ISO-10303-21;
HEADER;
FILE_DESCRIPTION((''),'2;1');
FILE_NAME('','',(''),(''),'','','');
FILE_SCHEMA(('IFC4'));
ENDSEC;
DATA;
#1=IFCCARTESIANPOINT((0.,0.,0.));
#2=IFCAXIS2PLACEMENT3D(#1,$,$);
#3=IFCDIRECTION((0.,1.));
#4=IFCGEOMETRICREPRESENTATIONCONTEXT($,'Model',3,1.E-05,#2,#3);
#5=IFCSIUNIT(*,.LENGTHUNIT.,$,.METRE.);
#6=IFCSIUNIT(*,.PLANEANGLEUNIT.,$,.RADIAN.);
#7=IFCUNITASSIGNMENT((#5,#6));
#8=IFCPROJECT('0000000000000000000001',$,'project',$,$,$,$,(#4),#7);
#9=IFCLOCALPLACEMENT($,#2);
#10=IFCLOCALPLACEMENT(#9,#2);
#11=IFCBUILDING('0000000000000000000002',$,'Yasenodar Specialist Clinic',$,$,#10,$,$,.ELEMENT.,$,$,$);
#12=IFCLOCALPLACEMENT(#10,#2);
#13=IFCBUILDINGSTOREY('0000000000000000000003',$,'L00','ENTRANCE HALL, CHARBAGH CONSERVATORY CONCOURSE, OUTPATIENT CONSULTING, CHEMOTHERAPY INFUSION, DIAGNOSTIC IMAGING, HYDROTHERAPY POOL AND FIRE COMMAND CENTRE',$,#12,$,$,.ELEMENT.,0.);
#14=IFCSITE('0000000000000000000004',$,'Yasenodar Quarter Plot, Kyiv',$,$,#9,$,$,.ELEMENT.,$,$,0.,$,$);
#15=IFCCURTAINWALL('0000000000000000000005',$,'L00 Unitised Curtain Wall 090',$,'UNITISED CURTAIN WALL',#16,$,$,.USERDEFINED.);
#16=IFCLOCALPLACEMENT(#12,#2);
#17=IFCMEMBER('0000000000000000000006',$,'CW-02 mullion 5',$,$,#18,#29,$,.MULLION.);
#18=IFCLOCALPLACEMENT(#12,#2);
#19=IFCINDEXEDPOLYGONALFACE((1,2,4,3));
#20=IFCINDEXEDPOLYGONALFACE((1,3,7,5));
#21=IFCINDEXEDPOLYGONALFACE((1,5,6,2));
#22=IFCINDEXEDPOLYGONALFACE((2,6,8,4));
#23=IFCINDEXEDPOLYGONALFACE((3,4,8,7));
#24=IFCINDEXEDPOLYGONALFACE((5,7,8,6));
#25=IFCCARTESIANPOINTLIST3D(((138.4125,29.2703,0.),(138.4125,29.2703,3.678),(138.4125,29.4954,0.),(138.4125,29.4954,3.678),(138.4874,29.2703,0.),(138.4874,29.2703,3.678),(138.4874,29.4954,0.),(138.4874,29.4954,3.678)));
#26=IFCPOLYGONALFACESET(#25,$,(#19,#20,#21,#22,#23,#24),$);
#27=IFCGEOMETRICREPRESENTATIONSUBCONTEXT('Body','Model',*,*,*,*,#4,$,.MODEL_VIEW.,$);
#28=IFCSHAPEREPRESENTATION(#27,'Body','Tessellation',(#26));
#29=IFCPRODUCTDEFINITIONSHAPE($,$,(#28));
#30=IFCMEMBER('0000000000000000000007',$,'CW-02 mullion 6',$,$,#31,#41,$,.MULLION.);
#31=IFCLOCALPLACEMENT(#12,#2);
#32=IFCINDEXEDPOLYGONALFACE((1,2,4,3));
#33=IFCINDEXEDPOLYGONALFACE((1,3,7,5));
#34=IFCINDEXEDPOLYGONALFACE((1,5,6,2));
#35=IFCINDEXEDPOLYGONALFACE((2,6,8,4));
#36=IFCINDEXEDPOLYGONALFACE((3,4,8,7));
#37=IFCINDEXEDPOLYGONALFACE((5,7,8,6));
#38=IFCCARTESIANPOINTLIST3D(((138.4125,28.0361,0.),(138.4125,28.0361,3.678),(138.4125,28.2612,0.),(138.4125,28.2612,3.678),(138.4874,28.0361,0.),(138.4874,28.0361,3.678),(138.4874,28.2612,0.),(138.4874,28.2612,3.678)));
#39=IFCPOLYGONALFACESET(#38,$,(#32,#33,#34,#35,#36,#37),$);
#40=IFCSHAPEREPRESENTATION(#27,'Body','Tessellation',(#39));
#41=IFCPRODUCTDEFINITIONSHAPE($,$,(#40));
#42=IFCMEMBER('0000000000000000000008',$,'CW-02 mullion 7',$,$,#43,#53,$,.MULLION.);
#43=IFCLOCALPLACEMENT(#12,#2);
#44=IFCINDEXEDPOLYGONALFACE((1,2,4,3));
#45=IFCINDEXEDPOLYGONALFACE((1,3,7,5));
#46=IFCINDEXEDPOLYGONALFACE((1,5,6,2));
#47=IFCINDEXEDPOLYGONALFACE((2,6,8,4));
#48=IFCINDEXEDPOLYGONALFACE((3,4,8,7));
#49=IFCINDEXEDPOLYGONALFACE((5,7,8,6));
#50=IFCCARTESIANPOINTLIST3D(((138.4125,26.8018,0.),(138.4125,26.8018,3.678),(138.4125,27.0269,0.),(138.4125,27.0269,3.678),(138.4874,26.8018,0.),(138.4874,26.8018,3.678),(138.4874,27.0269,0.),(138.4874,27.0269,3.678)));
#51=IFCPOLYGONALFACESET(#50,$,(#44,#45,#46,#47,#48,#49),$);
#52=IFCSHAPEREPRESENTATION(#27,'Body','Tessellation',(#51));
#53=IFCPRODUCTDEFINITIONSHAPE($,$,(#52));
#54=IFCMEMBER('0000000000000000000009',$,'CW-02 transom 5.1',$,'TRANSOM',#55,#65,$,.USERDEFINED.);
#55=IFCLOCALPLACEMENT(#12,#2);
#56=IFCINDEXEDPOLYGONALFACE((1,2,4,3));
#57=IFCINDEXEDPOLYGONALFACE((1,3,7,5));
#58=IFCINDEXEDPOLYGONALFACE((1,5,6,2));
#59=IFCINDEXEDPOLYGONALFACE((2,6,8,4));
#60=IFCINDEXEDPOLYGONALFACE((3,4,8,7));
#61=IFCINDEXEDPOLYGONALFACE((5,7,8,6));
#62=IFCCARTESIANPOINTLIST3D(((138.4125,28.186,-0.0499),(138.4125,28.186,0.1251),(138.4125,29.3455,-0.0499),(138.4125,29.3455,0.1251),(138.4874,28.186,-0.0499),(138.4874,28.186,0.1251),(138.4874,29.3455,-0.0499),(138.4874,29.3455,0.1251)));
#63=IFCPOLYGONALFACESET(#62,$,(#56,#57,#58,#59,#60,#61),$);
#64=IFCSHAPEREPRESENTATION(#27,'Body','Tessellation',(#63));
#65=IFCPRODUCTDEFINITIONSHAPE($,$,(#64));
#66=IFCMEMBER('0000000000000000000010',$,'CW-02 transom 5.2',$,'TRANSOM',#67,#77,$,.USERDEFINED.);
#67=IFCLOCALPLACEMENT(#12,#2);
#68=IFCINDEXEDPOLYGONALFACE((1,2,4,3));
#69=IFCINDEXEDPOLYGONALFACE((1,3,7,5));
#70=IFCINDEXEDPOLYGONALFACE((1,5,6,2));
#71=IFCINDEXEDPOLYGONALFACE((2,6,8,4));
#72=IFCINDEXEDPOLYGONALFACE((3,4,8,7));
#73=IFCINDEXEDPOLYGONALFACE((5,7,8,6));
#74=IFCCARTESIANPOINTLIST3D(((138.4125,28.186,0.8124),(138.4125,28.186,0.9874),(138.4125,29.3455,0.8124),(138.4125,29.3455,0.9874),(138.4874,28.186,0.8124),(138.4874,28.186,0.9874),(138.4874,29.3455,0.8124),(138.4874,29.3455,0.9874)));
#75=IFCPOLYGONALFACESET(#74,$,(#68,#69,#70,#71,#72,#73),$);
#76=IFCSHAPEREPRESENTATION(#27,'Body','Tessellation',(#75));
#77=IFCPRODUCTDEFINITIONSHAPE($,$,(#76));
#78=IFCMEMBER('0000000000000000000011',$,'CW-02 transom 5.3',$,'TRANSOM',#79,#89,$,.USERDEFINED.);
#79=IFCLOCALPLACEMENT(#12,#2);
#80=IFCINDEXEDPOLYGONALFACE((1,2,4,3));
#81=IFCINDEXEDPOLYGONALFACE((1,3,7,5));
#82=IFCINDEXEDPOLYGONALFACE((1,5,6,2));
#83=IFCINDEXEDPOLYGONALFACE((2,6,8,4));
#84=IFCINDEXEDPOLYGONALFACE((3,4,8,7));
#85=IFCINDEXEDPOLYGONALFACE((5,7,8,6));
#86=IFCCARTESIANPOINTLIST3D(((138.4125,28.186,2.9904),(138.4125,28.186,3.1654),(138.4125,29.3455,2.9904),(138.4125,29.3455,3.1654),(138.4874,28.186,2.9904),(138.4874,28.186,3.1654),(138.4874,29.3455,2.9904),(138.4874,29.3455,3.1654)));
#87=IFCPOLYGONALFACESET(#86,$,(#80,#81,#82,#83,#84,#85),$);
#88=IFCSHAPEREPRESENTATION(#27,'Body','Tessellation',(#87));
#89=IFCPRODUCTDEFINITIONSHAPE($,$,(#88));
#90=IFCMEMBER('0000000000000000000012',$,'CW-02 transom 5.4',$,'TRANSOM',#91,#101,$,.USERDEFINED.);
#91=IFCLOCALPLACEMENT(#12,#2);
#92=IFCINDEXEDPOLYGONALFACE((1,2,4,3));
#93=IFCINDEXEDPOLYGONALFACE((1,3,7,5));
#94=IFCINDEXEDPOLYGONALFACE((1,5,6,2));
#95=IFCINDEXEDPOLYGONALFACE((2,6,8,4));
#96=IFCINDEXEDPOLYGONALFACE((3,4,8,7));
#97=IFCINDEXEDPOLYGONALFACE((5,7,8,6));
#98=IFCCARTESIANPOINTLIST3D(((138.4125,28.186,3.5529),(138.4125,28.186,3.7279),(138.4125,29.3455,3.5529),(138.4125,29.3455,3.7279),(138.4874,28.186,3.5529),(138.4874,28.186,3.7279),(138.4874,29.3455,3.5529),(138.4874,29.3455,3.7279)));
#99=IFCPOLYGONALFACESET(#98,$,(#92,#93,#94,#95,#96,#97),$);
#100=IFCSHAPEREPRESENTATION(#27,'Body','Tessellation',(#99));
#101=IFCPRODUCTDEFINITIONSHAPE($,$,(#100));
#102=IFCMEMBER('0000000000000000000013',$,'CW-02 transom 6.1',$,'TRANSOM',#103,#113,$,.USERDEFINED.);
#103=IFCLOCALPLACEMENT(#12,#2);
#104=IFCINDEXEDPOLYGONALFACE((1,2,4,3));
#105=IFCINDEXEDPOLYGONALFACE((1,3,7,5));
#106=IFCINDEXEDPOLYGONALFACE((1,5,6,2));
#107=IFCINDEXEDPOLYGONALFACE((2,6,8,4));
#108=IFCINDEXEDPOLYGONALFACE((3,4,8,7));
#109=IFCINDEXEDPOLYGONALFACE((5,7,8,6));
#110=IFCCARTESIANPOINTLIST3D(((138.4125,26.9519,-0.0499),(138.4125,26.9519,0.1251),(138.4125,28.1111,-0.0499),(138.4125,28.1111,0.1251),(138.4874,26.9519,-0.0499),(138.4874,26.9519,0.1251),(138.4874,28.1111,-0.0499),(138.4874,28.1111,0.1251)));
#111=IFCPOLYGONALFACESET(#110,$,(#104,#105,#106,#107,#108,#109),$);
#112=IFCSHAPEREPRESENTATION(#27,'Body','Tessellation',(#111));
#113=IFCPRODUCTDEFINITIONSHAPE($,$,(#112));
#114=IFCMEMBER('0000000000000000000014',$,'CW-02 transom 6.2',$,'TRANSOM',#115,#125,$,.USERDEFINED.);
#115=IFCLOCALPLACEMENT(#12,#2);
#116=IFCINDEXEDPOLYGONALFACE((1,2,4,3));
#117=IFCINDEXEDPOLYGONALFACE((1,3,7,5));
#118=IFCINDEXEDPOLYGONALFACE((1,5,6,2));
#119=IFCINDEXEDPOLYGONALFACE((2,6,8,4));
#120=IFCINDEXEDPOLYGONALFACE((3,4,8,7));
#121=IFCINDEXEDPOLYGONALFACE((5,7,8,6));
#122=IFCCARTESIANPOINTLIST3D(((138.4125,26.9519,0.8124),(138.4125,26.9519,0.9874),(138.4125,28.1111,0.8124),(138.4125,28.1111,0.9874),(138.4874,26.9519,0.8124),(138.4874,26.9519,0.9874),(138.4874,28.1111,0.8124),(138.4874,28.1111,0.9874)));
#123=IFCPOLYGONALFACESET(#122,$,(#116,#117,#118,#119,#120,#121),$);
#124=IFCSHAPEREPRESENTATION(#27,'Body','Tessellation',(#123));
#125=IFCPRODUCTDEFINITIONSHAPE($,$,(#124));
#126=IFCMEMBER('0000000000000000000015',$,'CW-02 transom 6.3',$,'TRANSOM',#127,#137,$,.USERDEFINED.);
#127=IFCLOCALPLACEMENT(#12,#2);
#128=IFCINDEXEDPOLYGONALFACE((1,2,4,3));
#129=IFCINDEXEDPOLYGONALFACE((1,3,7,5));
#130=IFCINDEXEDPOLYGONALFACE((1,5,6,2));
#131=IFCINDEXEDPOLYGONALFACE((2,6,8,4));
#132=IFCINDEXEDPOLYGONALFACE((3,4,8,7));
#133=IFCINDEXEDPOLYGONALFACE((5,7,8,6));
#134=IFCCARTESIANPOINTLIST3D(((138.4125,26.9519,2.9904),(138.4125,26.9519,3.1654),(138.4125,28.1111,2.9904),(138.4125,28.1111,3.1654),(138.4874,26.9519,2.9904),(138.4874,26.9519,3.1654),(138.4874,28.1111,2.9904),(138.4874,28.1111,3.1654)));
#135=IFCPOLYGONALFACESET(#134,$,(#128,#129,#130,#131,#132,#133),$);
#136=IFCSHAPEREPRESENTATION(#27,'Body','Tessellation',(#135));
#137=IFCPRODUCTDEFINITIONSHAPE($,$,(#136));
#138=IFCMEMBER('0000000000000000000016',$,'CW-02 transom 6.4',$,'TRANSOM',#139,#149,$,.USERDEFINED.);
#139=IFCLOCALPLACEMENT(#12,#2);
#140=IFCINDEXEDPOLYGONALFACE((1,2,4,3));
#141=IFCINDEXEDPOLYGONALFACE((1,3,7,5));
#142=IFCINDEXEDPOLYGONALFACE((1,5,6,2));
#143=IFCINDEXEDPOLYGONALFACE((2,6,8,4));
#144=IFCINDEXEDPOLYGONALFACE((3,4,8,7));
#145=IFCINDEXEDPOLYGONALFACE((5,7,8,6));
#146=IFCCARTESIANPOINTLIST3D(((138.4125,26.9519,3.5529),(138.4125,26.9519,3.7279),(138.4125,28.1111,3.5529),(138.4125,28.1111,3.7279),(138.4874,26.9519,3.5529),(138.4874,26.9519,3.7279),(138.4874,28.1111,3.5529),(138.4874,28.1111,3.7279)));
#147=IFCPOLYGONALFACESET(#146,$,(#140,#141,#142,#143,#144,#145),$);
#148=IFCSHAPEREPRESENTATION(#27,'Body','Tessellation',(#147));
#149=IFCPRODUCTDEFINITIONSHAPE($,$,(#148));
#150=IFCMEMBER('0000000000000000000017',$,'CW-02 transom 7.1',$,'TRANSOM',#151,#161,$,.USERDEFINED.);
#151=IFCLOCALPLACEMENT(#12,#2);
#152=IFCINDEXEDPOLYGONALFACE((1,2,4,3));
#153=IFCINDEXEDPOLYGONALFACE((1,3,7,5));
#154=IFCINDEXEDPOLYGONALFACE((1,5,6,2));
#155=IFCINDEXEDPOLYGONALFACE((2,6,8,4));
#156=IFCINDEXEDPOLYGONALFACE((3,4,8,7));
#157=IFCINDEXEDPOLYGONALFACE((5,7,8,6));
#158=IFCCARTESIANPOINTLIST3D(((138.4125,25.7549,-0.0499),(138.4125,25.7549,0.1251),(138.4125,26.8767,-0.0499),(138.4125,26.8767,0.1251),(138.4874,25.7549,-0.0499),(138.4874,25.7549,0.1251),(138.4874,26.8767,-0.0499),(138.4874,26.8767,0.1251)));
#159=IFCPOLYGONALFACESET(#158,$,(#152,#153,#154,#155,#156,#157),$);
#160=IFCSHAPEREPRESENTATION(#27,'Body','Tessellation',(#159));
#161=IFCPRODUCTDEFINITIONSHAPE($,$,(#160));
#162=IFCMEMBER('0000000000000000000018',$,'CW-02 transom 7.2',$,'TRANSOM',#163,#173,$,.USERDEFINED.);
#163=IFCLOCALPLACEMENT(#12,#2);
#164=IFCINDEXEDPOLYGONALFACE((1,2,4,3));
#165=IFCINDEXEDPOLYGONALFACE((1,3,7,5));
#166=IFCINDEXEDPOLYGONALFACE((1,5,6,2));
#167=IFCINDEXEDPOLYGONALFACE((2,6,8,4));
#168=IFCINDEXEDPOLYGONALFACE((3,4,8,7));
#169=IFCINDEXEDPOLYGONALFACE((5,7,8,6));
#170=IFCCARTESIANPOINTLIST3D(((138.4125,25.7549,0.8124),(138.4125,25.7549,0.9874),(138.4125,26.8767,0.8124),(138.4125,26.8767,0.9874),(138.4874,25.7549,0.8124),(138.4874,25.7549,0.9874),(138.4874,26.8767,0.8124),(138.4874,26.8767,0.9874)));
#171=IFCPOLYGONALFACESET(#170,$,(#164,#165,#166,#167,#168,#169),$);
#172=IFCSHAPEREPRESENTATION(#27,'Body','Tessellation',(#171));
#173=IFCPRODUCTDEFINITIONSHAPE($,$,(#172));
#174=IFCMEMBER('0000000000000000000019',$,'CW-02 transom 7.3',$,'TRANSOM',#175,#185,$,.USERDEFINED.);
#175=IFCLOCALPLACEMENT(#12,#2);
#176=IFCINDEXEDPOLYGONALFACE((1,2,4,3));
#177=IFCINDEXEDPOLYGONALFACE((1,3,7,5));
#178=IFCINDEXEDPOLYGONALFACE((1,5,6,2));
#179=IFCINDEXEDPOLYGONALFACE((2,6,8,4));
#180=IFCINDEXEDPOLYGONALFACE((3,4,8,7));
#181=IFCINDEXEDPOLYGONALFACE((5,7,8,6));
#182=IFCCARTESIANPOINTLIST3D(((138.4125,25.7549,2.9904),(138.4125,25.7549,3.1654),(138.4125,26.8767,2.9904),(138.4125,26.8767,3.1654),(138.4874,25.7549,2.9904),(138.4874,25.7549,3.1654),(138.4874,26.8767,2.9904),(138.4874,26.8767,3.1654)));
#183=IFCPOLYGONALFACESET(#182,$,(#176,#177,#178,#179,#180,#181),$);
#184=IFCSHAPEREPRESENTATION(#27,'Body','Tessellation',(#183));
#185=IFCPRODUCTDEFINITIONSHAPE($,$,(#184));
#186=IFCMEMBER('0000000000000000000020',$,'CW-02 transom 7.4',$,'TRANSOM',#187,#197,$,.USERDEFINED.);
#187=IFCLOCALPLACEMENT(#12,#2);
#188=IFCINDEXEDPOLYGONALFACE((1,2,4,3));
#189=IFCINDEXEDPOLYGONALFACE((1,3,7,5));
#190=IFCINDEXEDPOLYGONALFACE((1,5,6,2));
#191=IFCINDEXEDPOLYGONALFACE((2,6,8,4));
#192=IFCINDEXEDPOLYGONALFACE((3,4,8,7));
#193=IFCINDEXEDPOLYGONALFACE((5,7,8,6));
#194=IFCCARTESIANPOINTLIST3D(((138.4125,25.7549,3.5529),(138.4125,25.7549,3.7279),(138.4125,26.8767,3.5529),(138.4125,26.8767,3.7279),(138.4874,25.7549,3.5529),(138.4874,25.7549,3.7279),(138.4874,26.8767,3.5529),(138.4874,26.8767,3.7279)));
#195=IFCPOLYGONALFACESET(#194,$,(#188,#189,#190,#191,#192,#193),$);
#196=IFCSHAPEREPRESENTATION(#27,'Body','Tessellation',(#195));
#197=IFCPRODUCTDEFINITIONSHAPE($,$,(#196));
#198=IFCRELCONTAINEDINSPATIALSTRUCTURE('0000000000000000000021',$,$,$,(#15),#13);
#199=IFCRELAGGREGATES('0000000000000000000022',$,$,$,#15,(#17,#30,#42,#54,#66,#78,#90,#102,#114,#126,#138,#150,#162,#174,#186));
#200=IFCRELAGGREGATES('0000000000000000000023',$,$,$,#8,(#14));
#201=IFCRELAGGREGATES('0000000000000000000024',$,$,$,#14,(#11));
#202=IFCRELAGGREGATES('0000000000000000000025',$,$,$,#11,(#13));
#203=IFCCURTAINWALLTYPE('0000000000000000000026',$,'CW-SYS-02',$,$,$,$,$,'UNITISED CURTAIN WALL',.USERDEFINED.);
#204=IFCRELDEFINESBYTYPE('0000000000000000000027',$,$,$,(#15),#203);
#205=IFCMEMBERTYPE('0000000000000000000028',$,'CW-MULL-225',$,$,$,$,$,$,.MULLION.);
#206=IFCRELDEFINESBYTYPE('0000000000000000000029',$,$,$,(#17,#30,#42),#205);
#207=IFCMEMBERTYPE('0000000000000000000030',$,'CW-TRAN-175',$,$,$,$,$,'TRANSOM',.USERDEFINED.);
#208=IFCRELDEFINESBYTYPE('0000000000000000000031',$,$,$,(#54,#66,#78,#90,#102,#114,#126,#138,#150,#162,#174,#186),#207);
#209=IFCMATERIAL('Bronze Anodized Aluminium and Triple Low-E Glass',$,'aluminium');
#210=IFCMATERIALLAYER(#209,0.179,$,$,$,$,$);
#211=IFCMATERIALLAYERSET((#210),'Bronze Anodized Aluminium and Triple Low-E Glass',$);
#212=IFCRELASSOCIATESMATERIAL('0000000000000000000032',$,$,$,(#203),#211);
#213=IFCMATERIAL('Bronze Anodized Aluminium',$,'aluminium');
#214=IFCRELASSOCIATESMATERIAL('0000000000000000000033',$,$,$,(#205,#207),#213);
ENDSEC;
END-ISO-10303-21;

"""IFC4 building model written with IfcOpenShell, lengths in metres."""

from ifc_helpers import new_model, si_unit, direction, frame, origin, origin_2d, place, context, subcontext, project, spatial, rectangle, extrude, material, layer, layer_set, material_profile, profile_set, type_object, element, aggregate, save


model = new_model("IFC4")

# Units and contexts
model_context = context("Model", 3, precision=1e-05, world=origin(), true_north=direction((0.0, 1.0)))
body_context = subcontext(model_context, "Body", "Model", "MODEL_VIEW")
ifc_project = project(units=[si_unit("LENGTHUNIT", "METRE"), si_unit("PLANEANGLEUNIT", "RADIAN")], contexts=[model_context])

# Site, building, storey
site_placement = place(None, origin())
site = spatial("IfcSite", under=ifc_project, at=site_placement, Name="Yasenodar Quarter Plot, Kyiv", CompositionType="ELEMENT", RefElevation=0.0)
building_placement = place(site_placement, origin())
building = spatial("IfcBuilding", under=site, at=building_placement, Name="Yasenodar Specialist Clinic", CompositionType="ELEMENT")
storey_placement = place(building_placement, origin())
storey = spatial("IfcBuildingStorey", under=building, at=storey_placement, Name="L00", Description="ENTRANCE HALL, CHARBAGH CONSERVATORY CONCOURSE, OUTPATIENT CONSULTING, CHEMOTHERAPY INFUSION, DIAGNOSTIC IMAGING, HYDROTHERAPY POOL AND FIRE COMMAND CENTRE", CompositionType="ELEMENT", Elevation=0.0)

# Curtain wall, members
ifc_material_1 = material(Name="Bronze Anodized Aluminium and Triple Low-E Glass", Category="aluminium")
ifc_layer_1 = layer(ifc_material_1, 0.179)
ifc_layer_set_1 = layer_set([ifc_layer_1], Name="Bronze Anodized Aluminium and Triple Low-E Glass")
curtain_wall_type = type_object("IfcCurtainWallType", Name="CW-SYS-02", ElementType="UNITISED CURTAIN WALL", PredefinedType="USERDEFINED", material=ifc_layer_set_1)
curtain_wall_placement = place(storey_placement, origin())
curtain_wall = element("IfcCurtainWall", 1, at=curtain_wall_placement, inside=storey, type_object=curtain_wall_type, Name="L00 Unitised Curtain Wall 090", ObjectType="UNITISED CURTAIN WALL", PredefinedType="USERDEFINED")
ifc_material_2 = material(Name="Bronze Anodized Aluminium", Category="aluminium")
ifc_material_profile_1 = material_profile(ifc_material_2, rectangle(XDim=0.075, YDim=0.2251, at=origin_2d()), Name="CW-MULL 75x225")
ifc_profile_set_1 = profile_set([ifc_material_profile_1], Name="Bronze Anodized Aluminium")
member_type_1 = type_object("IfcMemberType", Name="CW-MULL-225", PredefinedType="MULLION", material=ifc_profile_set_1)
member_1_placement = place(storey_placement, frame((138.45, 29.3828, 0.0), z_axis=(0.0, 0.0, 1.0), x_axis=(1.0, 0.0, 0.0)))
member_1 = element("IfcMember", 2, at=member_1_placement, type_object=member_type_1, Name="CW-02 mullion 5", PredefinedType="MULLION", context=body_context, shape_type="SweptSolid", body=[
    extrude(rectangle(XDim=0.075, YDim=0.2251, at=origin_2d()), origin(), (0.0, 0.0, 1.0), 3.678),
])
member_2_placement = place(storey_placement, frame((138.45, 28.1487, 0.0), z_axis=(0.0, 0.0, 1.0), x_axis=(1.0, 0.0, 0.0)))
member_2 = element("IfcMember", 3, at=member_2_placement, type_object=member_type_1, Name="CW-02 mullion 6", PredefinedType="MULLION", context=body_context, shape_type="SweptSolid", body=[
    extrude(rectangle(XDim=0.075, YDim=0.2251, at=origin_2d()), origin(), (0.0, 0.0, 1.0), 3.678),
])
member_3_placement = place(storey_placement, frame((138.45, 26.9143, 0.0), z_axis=(0.0, 0.0, 1.0), x_axis=(1.0, 0.0, 0.0)))
member_3 = element("IfcMember", 4, at=member_3_placement, type_object=member_type_1, Name="CW-02 mullion 7", PredefinedType="MULLION", context=body_context, shape_type="SweptSolid", body=[
    extrude(rectangle(XDim=0.075, YDim=0.2251, at=origin_2d()), origin(), (0.0, 0.0, 1.0), 3.678),
])
ifc_material_profile_2 = material_profile(ifc_material_2, rectangle(XDim=0.075, YDim=0.175, at=origin_2d()), Name="CW-TRAN 75x175")
ifc_profile_set_2 = profile_set([ifc_material_profile_2], Name="Bronze Anodized Aluminium")
member_type_2 = type_object("IfcMemberType", Name="CW-TRAN-175", ElementType="TRANSOM", PredefinedType="USERDEFINED", material=ifc_profile_set_2)
member_4_placement = place(storey_placement, frame((138.45, 29.3455, 0.0376), z_axis=(0.0, -1.0, 0.0), x_axis=(1.0, 0.0, 0.0)))
member_4 = element("IfcMember", 5, at=member_4_placement, type_object=member_type_2, Name="CW-02 transom 5.1", ObjectType="TRANSOM", PredefinedType="USERDEFINED", context=body_context, shape_type="SweptSolid", body=[
    extrude(rectangle(XDim=0.075, YDim=0.175, at=origin_2d()), origin(), (0.0, 0.0, 1.0), 1.1594),
])
member_5_placement = place(storey_placement, frame((138.45, 29.3455, 0.8999), z_axis=(0.0, -1.0, 0.0), x_axis=(1.0, 0.0, 0.0)))
member_5 = element("IfcMember", 6, at=member_5_placement, type_object=member_type_2, Name="CW-02 transom 5.2", ObjectType="TRANSOM", PredefinedType="USERDEFINED", context=body_context, shape_type="SweptSolid", body=[
    extrude(rectangle(XDim=0.075, YDim=0.175, at=origin_2d()), origin(), (0.0, 0.0, 1.0), 1.1594),
])
member_6_placement = place(storey_placement, frame((138.45, 29.3455, 3.0779), z_axis=(0.0, -1.0, 0.0), x_axis=(1.0, 0.0, 0.0)))
member_6 = element("IfcMember", 7, at=member_6_placement, type_object=member_type_2, Name="CW-02 transom 5.3", ObjectType="TRANSOM", PredefinedType="USERDEFINED", context=body_context, shape_type="SweptSolid", body=[
    extrude(rectangle(XDim=0.075, YDim=0.175, at=origin_2d()), origin(), (0.0, 0.0, 1.0), 1.1594),
])
member_7_placement = place(storey_placement, frame((138.45, 29.3455, 3.6404), z_axis=(0.0, -1.0, 0.0), x_axis=(1.0, 0.0, 0.0)))
member_7 = element("IfcMember", 8, at=member_7_placement, type_object=member_type_2, Name="CW-02 transom 5.4", ObjectType="TRANSOM", PredefinedType="USERDEFINED", context=body_context, shape_type="SweptSolid", body=[
    extrude(rectangle(XDim=0.075, YDim=0.175, at=origin_2d()), origin(), (0.0, 0.0, 1.0), 1.1594),
])
member_8_placement = place(storey_placement, frame((138.45, 28.1111, 0.0376), z_axis=(0.0, -1.0, 0.0), x_axis=(1.0, 0.0, 0.0)))
member_8 = element("IfcMember", 9, at=member_8_placement, type_object=member_type_2, Name="CW-02 transom 6.1", ObjectType="TRANSOM", PredefinedType="USERDEFINED", context=body_context, shape_type="SweptSolid", body=[
    extrude(rectangle(XDim=0.075, YDim=0.175, at=origin_2d()), origin(), (0.0, 0.0, 1.0), 1.1592),
])
member_9_placement = place(storey_placement, frame((138.45, 28.1111, 0.8999), z_axis=(0.0, -1.0, 0.0), x_axis=(1.0, 0.0, 0.0)))
member_9 = element("IfcMember", 10, at=member_9_placement, type_object=member_type_2, Name="CW-02 transom 6.2", ObjectType="TRANSOM", PredefinedType="USERDEFINED", context=body_context, shape_type="SweptSolid", body=[
    extrude(rectangle(XDim=0.075, YDim=0.175, at=origin_2d()), origin(), (0.0, 0.0, 1.0), 1.1592),
])
member_10_placement = place(storey_placement, frame((138.45, 28.1111, 3.0779), z_axis=(0.0, -1.0, 0.0), x_axis=(1.0, 0.0, 0.0)))
member_10 = element("IfcMember", 11, at=member_10_placement, type_object=member_type_2, Name="CW-02 transom 6.3", ObjectType="TRANSOM", PredefinedType="USERDEFINED", context=body_context, shape_type="SweptSolid", body=[
    extrude(rectangle(XDim=0.075, YDim=0.175, at=origin_2d()), origin(), (0.0, 0.0, 1.0), 1.1592),
])
member_11_placement = place(storey_placement, frame((138.45, 28.1111, 3.6404), z_axis=(0.0, -1.0, 0.0), x_axis=(1.0, 0.0, 0.0)))
member_11 = element("IfcMember", 12, at=member_11_placement, type_object=member_type_2, Name="CW-02 transom 6.4", ObjectType="TRANSOM", PredefinedType="USERDEFINED", context=body_context, shape_type="SweptSolid", body=[
    extrude(rectangle(XDim=0.075, YDim=0.175, at=origin_2d()), origin(), (0.0, 0.0, 1.0), 1.1592),
])
member_12_placement = place(storey_placement, frame((138.45, 26.8767, 0.0376), z_axis=(0.0, -1.0, 0.0), x_axis=(1.0, 0.0, 0.0)))
member_12 = element("IfcMember", 13, at=member_12_placement, type_object=member_type_2, Name="CW-02 transom 7.1", ObjectType="TRANSOM", PredefinedType="USERDEFINED", context=body_context, shape_type="SweptSolid", body=[
    extrude(rectangle(XDim=0.075, YDim=0.175, at=origin_2d()), origin(), (0.0, 0.0, 1.0), 1.1218),
])
member_13_placement = place(storey_placement, frame((138.45, 26.8767, 0.8999), z_axis=(0.0, -1.0, 0.0), x_axis=(1.0, 0.0, 0.0)))
member_13 = element("IfcMember", 14, at=member_13_placement, type_object=member_type_2, Name="CW-02 transom 7.2", ObjectType="TRANSOM", PredefinedType="USERDEFINED", context=body_context, shape_type="SweptSolid", body=[
    extrude(rectangle(XDim=0.075, YDim=0.175, at=origin_2d()), origin(), (0.0, 0.0, 1.0), 1.1218),
])
member_14_placement = place(storey_placement, frame((138.45, 26.8767, 3.0779), z_axis=(0.0, -1.0, 0.0), x_axis=(1.0, 0.0, 0.0)))
member_14 = element("IfcMember", 15, at=member_14_placement, type_object=member_type_2, Name="CW-02 transom 7.3", ObjectType="TRANSOM", PredefinedType="USERDEFINED", context=body_context, shape_type="SweptSolid", body=[
    extrude(rectangle(XDim=0.075, YDim=0.175, at=origin_2d()), origin(), (0.0, 0.0, 1.0), 1.1218),
])
member_15_placement = place(storey_placement, frame((138.45, 26.8767, 3.6404), z_axis=(0.0, -1.0, 0.0), x_axis=(1.0, 0.0, 0.0)))
member_15 = element("IfcMember", 16, at=member_15_placement, type_object=member_type_2, Name="CW-02 transom 7.4", ObjectType="TRANSOM", PredefinedType="USERDEFINED", context=body_context, shape_type="SweptSolid", body=[
    extrude(rectangle(XDim=0.075, YDim=0.175, at=origin_2d()), origin(), (0.0, 0.0, 1.0), 1.1218),
])
aggregate(curtain_wall, [member_1, member_2, member_3, member_4, member_5, member_6, member_7, member_8, member_9, member_10, member_11, member_12, member_13, member_14, member_15])

save(model, "model.ifc")
